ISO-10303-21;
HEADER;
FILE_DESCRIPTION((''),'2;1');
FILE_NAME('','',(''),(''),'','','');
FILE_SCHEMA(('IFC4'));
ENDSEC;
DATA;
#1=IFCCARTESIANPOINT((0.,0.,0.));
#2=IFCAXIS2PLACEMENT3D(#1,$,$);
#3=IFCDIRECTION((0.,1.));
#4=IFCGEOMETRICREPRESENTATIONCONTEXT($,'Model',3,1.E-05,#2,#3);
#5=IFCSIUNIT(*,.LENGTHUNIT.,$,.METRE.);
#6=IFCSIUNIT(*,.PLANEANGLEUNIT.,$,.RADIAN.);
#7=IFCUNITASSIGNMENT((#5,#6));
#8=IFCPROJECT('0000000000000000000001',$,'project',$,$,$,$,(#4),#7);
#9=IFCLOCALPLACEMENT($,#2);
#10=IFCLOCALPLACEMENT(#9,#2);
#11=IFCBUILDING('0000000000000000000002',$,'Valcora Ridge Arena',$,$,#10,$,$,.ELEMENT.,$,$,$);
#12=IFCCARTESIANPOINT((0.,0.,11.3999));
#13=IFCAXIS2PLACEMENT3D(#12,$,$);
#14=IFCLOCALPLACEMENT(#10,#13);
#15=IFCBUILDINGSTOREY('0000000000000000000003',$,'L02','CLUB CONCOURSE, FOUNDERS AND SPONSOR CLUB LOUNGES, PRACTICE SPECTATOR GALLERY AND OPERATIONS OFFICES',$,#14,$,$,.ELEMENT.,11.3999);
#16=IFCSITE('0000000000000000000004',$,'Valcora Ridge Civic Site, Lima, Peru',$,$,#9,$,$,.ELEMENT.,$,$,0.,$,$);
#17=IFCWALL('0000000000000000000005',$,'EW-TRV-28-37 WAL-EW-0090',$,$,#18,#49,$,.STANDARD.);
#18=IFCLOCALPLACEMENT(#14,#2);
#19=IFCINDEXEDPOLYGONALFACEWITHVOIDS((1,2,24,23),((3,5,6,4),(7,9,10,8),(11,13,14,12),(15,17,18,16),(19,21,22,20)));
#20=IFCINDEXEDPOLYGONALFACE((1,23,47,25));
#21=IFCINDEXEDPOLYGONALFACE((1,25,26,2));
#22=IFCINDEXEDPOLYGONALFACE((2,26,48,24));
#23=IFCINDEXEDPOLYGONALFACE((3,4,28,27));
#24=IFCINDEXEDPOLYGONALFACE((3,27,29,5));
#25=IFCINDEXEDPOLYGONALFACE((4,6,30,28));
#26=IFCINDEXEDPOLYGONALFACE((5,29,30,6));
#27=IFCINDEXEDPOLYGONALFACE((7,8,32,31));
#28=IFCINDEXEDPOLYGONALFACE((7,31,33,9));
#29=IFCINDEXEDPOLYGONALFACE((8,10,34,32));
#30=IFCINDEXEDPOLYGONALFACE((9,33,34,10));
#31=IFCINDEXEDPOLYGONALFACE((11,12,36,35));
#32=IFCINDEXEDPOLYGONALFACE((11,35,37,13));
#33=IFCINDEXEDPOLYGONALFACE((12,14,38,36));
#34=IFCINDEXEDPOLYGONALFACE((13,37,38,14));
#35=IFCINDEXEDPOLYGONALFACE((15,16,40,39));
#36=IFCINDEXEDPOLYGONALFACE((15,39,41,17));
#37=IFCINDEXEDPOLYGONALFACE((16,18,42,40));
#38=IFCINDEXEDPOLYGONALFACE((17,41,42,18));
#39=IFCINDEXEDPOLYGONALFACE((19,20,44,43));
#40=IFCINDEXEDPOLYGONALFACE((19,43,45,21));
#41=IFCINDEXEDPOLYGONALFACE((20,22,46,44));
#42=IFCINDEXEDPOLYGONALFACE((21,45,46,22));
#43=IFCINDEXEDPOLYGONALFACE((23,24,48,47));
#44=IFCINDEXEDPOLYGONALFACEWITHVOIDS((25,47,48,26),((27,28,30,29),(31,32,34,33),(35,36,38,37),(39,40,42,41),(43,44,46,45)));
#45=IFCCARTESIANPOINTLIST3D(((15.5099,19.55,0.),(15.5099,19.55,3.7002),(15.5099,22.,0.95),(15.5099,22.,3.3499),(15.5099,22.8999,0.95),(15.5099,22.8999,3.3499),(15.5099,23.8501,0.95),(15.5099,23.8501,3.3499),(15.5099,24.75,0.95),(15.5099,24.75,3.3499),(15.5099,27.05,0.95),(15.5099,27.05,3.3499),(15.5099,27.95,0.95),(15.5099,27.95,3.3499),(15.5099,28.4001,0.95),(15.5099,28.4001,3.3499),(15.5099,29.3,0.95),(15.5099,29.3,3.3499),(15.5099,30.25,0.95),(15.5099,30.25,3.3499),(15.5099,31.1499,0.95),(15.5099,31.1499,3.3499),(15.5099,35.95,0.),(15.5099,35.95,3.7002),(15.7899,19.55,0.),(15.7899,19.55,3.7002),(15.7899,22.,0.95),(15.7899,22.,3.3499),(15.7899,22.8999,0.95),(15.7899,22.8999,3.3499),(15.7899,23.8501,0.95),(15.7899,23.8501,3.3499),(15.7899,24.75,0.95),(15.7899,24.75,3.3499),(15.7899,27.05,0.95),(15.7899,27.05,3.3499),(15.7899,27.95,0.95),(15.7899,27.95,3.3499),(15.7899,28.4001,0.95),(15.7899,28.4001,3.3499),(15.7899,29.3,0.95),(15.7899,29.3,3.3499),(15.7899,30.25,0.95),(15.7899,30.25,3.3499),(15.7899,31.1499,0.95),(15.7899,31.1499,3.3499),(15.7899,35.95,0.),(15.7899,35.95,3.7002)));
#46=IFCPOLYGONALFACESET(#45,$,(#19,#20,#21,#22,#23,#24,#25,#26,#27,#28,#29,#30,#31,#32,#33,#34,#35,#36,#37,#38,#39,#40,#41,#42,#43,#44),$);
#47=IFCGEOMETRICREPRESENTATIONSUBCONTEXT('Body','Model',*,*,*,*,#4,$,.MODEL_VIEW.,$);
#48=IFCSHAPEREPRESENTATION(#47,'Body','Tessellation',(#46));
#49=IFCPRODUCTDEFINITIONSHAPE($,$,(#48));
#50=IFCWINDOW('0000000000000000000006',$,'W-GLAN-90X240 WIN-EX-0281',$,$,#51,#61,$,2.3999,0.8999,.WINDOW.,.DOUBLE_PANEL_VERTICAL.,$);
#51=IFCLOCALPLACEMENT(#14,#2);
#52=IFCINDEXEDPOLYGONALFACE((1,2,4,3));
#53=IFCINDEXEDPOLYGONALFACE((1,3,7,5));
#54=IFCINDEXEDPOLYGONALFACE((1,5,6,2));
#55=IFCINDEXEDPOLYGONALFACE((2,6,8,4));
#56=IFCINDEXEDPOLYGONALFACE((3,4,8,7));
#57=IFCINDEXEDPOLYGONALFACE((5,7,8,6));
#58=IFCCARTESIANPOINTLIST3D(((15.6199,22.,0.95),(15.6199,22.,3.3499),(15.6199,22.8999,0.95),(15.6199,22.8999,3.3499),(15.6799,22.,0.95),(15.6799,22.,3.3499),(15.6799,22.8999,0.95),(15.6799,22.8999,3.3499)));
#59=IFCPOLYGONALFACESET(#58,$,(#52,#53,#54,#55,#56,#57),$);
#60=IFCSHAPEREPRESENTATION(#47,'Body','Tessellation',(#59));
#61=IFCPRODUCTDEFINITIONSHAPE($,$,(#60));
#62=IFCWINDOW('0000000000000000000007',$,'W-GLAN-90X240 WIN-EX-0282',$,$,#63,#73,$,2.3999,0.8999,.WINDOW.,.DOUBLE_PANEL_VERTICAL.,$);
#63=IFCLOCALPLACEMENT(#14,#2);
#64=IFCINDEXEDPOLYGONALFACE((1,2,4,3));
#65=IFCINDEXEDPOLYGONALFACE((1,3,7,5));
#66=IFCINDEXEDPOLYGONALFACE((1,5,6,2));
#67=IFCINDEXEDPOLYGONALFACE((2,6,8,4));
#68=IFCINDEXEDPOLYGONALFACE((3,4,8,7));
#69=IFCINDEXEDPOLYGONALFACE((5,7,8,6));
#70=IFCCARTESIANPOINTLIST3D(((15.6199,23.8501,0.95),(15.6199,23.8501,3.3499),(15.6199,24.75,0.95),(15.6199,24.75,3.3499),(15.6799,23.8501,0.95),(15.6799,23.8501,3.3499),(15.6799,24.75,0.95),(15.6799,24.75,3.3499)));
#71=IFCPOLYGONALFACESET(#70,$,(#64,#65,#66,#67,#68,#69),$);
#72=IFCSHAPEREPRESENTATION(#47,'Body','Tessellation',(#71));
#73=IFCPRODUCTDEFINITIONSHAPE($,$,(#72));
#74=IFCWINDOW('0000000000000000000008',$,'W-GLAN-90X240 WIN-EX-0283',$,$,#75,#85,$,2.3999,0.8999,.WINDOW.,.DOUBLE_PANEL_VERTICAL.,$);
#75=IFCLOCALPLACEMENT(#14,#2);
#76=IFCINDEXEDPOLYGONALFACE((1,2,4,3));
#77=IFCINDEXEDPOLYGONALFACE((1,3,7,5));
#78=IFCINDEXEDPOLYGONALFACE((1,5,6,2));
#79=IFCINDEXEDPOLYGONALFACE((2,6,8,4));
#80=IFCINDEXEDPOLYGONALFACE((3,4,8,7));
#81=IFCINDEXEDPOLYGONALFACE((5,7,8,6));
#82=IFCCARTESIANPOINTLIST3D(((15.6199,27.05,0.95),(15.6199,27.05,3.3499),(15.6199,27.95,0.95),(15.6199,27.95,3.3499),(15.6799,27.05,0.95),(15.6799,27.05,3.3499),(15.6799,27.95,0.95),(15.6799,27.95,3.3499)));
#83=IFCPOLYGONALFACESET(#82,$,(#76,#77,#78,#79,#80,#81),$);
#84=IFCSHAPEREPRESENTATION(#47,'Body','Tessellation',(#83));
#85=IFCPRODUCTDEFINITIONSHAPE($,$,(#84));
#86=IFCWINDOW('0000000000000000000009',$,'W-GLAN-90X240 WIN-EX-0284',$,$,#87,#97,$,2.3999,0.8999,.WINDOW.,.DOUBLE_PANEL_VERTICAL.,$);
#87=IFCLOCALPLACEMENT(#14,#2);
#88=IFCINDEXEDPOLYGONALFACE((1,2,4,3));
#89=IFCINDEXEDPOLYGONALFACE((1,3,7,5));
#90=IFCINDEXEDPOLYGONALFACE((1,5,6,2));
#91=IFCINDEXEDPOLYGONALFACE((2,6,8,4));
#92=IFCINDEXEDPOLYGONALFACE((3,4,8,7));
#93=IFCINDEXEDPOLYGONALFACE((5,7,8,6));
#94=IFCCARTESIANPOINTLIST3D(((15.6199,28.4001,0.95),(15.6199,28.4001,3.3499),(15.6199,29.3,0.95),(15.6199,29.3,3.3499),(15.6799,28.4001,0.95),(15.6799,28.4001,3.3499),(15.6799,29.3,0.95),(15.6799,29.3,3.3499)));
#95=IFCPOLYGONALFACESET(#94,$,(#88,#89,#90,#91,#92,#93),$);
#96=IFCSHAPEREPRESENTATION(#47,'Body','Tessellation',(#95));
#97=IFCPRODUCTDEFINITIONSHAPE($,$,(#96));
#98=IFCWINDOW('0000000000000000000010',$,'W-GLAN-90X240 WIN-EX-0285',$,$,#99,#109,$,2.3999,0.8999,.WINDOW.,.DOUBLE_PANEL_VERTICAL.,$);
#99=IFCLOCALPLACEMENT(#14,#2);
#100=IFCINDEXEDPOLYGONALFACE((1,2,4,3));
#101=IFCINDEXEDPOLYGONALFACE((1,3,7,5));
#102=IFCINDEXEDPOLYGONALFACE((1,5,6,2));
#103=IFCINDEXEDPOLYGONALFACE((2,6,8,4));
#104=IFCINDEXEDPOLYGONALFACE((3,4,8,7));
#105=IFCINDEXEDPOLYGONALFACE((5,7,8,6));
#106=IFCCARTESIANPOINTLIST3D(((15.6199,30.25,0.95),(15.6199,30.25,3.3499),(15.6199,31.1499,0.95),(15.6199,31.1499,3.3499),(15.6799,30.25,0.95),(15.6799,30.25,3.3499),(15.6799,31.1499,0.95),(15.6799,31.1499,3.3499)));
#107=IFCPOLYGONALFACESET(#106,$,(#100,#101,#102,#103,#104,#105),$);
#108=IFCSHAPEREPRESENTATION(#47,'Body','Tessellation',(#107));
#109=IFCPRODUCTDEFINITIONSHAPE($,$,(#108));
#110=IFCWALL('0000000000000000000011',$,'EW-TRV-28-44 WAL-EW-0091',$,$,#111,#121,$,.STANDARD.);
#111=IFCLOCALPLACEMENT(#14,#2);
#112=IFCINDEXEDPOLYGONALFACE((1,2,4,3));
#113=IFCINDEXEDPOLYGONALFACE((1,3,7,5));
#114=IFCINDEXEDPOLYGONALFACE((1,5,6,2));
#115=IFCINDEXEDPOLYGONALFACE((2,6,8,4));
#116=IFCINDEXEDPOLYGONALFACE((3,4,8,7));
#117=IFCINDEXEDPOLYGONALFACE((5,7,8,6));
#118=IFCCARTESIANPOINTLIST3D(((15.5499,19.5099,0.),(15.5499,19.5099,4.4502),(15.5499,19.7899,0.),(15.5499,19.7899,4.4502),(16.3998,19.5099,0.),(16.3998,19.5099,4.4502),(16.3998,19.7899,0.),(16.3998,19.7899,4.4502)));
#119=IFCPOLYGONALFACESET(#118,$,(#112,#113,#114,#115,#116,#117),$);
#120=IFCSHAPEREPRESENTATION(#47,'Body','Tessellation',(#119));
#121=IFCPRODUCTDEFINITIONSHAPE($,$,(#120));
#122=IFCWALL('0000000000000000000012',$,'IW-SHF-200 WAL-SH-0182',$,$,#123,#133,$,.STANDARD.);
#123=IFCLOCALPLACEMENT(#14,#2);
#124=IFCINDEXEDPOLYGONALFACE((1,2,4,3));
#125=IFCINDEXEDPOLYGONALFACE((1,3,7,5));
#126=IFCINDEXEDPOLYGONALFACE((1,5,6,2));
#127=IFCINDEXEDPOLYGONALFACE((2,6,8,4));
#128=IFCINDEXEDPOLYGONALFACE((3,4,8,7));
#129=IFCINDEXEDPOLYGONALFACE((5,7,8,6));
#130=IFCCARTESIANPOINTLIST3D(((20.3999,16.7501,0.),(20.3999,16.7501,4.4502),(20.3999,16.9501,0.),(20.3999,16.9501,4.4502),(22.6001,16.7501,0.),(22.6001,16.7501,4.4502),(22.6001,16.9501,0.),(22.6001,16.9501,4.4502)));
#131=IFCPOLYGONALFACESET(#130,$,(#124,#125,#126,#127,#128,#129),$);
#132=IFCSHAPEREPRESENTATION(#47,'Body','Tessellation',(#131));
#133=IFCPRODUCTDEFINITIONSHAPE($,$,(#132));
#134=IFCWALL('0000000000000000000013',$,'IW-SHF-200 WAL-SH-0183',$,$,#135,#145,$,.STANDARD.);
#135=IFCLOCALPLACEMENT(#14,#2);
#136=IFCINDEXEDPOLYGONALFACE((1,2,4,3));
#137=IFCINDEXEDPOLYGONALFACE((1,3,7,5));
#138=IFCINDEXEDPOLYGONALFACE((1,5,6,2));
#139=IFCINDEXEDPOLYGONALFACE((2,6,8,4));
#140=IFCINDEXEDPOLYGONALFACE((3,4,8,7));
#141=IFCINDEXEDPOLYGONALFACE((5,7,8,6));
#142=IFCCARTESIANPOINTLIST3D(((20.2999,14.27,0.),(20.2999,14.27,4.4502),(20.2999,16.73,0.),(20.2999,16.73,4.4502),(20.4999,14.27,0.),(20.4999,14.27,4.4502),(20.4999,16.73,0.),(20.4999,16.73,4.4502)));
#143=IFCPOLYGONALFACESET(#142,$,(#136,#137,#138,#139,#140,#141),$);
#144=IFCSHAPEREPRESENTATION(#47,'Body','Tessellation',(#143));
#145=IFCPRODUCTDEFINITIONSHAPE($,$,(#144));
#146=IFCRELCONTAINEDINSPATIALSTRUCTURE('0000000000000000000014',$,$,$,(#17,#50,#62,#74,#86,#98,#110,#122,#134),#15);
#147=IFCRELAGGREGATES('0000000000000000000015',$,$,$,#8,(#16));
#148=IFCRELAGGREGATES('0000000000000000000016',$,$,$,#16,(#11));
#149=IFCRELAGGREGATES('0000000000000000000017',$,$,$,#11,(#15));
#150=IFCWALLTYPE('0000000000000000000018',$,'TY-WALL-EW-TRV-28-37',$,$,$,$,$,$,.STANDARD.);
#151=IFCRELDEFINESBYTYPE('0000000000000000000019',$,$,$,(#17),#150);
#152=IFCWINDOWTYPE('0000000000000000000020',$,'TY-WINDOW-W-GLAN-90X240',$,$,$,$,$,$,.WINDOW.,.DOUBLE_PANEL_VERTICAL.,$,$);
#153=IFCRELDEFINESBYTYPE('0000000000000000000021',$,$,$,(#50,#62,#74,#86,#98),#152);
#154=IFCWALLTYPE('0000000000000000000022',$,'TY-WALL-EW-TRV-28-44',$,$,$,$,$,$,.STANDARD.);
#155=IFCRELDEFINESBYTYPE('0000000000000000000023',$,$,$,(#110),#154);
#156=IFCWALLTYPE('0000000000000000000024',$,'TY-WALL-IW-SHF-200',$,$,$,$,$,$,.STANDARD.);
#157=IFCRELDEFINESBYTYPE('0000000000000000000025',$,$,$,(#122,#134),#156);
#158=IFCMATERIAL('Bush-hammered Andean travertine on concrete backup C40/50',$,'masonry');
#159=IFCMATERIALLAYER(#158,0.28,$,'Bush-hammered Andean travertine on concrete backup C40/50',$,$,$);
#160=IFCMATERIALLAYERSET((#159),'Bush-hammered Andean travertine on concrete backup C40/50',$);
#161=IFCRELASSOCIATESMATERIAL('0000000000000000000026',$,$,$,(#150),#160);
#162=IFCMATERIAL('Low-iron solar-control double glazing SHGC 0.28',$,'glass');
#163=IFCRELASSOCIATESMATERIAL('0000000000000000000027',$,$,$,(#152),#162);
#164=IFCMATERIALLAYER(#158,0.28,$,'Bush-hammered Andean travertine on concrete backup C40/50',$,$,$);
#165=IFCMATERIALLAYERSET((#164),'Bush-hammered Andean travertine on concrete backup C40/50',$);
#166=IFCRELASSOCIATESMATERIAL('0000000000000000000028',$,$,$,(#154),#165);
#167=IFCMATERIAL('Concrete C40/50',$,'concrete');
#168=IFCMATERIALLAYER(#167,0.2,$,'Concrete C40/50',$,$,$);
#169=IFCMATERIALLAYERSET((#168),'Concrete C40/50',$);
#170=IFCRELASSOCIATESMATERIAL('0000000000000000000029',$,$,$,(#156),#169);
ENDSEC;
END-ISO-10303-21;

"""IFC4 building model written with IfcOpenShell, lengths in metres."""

from ifc_helpers import new_model, si_unit, direction, frame, frame_2d, origin, place, context, subcontext, project, spatial, rectangle, extrude, material, layer, layer_set, type_object, element, fill, save


model = new_model("IFC4")

# Units and contexts
model_context = context("Model", 3, precision=1e-05, world=origin(), true_north=direction((0.0, 1.0)))
body_context = subcontext(model_context, "Body", "Model", "MODEL_VIEW")
ifc_project = project(units=[si_unit("LENGTHUNIT", "METRE"), si_unit("PLANEANGLEUNIT", "RADIAN")], contexts=[model_context])

# Site, building, storey
site_placement = place(None, origin())
site = spatial("IfcSite", under=ifc_project, at=site_placement, Name="Valcora Ridge Civic Site, Lima, Peru", CompositionType="ELEMENT", RefElevation=0.0)
building_placement = place(site_placement, origin())
building = spatial("IfcBuilding", under=site, at=building_placement, Name="Valcora Ridge Arena", CompositionType="ELEMENT")
storey_placement = place(building_placement, frame((0.0, 0.0, 11.3999)))
storey = spatial("IfcBuildingStorey", under=building, at=storey_placement, Name="L02", Description="CLUB CONCOURSE, FOUNDERS AND SPONSOR CLUB LOUNGES, PRACTICE SPECTATOR GALLERY AND OPERATIONS OFFICES", CompositionType="ELEMENT", Elevation=11.3999)

# Shared definitions
ifc_material_1 = material(Name="Concrete C40/50", Category="concrete")

# Shared definitions
ifc_material_2 = material(Name="Low-iron solar-control double glazing SHGC 0.28", Category="glass")

# Wall, openings, windows
ifc_material_3 = material(Name="Bush-hammered Andean travertine on concrete backup C40/50", Category="masonry")
ifc_layer_1 = layer(ifc_material_3, 0.28, Name="Bush-hammered Andean travertine on concrete backup C40/50")
ifc_layer_set_1 = layer_set([ifc_layer_1], Name="Bush-hammered Andean travertine on concrete backup C40/50")
wall_type_1 = type_object("IfcWallType", Name="TY-WALL-EW-TRV-28-37", PredefinedType="STANDARD", material=ifc_layer_set_1)
wall_1_placement = place(storey_placement, frame((15.6499, 19.55, 0.0), z_axis=(0.0, 0.0, 1.0), x_axis=(0.0, 1.0, 0.0)))
wall_1 = element("IfcWall", 1, at=wall_1_placement, inside=storey, type_object=wall_type_1, Name="EW-TRV-28-37 WAL-EW-0090", PredefinedType="STANDARD", context=body_context, shape_type="SweptSolid", body=[
    extrude(rectangle(XDim=16.3999, YDim=0.28, at=frame_2d((8.2, 0.0))), origin(), (0.0, 0.0, 1.0), 3.7002),
])
opening_1_placement = place(wall_1_placement, frame((2.45, 0.0, 0.95)))
opening_1 = element("IfcOpeningElement", 2, at=opening_1_placement, cuts=wall_1, PredefinedType="OPENING", context=body_context, shape_type="SweptSolid", body=[
    extrude(rectangle(XDim=0.8999, YDim=2.3999, at=frame_2d((0.45, 1.2))), frame((0.0, 0.1499, 0.0), z_axis=(0.0, -1.0, 0.0), x_axis=(1.0, 0.0, 0.0)), (0.0, 0.0, 1.0), 0.3),
])
opening_2_placement = place(wall_1_placement, frame((4.3, 0.0, 0.95)))
opening_2 = element("IfcOpeningElement", 3, at=opening_2_placement, cuts=wall_1, PredefinedType="OPENING", context=body_context, shape_type="SweptSolid", body=[
    extrude(rectangle(XDim=0.8999, YDim=2.3999, at=frame_2d((0.45, 1.2))), frame((0.0, 0.1499, 0.0), z_axis=(0.0, -1.0, 0.0), x_axis=(1.0, 0.0, 0.0)), (0.0, 0.0, 1.0), 0.3),
])
opening_3_placement = place(wall_1_placement, frame((7.5, 0.0, 0.95)))
opening_3 = element("IfcOpeningElement", 4, at=opening_3_placement, cuts=wall_1, PredefinedType="OPENING", context=body_context, shape_type="SweptSolid", body=[
    extrude(rectangle(XDim=0.8999, YDim=2.3999, at=frame_2d((0.45, 1.2))), frame((0.0, 0.1499, 0.0), z_axis=(0.0, -1.0, 0.0), x_axis=(1.0, 0.0, 0.0)), (0.0, 0.0, 1.0), 0.3),
])
opening_4_placement = place(wall_1_placement, frame((8.8501, 0.0, 0.95)))
opening_4 = element("IfcOpeningElement", 5, at=opening_4_placement, cuts=wall_1, PredefinedType="OPENING", context=body_context, shape_type="SweptSolid", body=[
    extrude(rectangle(XDim=0.8999, YDim=2.3999, at=frame_2d((0.45, 1.2))), frame((0.0, 0.1499, 0.0), z_axis=(0.0, -1.0, 0.0), x_axis=(1.0, 0.0, 0.0)), (0.0, 0.0, 1.0), 0.3),
])
opening_5_placement = place(wall_1_placement, frame((10.7, 0.0, 0.95)))
opening_5 = element("IfcOpeningElement", 6, at=opening_5_placement, cuts=wall_1, PredefinedType="OPENING", context=body_context, shape_type="SweptSolid", body=[
    extrude(rectangle(XDim=0.8999, YDim=2.3999, at=frame_2d((0.45, 1.2))), frame((0.0, 0.1499, 0.0), z_axis=(0.0, -1.0, 0.0), x_axis=(1.0, 0.0, 0.0)), (0.0, 0.0, 1.0), 0.3),
])
window_type = type_object("IfcWindowType", Name="TY-WINDOW-W-GLAN-90X240", PartitioningType="DOUBLE_PANEL_VERTICAL", PredefinedType="WINDOW", material=ifc_material_2)
window_1_placement = place(opening_1_placement, origin())
window_1 = element("IfcWindow", 7, at=window_1_placement, inside=storey, type_object=window_type, Name="W-GLAN-90X240 WIN-EX-0281", OverallHeight=2.3999, OverallWidth=0.8999, PartitioningType="DOUBLE_PANEL_VERTICAL", PredefinedType="WINDOW", context=body_context, shape_type="SweptSolid", body=[
    extrude(rectangle(XDim=0.8999, YDim=2.3999, at=frame_2d((0.45, 1.2))), frame((0.0, 0.03, 0.0), z_axis=(0.0, -1.0, 0.0), x_axis=(1.0, 0.0, 0.0)), (0.0, 0.0, 1.0), 0.0601),
])
fill(opening_1, window_1)
window_2_placement = place(opening_2_placement, origin())
window_2 = element("IfcWindow", 8, at=window_2_placement, inside=storey, type_object=window_type, Name="W-GLAN-90X240 WIN-EX-0282", OverallHeight=2.3999, OverallWidth=0.8999, PartitioningType="DOUBLE_PANEL_VERTICAL", PredefinedType="WINDOW", context=body_context, shape_type="SweptSolid", body=[
    extrude(rectangle(XDim=0.8999, YDim=2.3999, at=frame_2d((0.45, 1.2))), frame((0.0, 0.03, 0.0), z_axis=(0.0, -1.0, 0.0), x_axis=(1.0, 0.0, 0.0)), (0.0, 0.0, 1.0), 0.0601),
])
fill(opening_2, window_2)
window_3_placement = place(opening_3_placement, origin())
window_3 = element("IfcWindow", 9, at=window_3_placement, inside=storey, type_object=window_type, Name="W-GLAN-90X240 WIN-EX-0283", OverallHeight=2.3999, OverallWidth=0.8999, PartitioningType="DOUBLE_PANEL_VERTICAL", PredefinedType="WINDOW", context=body_context, shape_type="SweptSolid", body=[
    extrude(rectangle(XDim=0.8999, YDim=2.3999, at=frame_2d((0.45, 1.2))), frame((0.0, 0.03, 0.0), z_axis=(0.0, -1.0, 0.0), x_axis=(1.0, 0.0, 0.0)), (0.0, 0.0, 1.0), 0.0601),
])
fill(opening_3, window_3)
window_4_placement = place(opening_4_placement, origin())
window_4 = element("IfcWindow", 10, at=window_4_placement, inside=storey, type_object=window_type, Name="W-GLAN-90X240 WIN-EX-0284", OverallHeight=2.3999, OverallWidth=0.8999, PartitioningType="DOUBLE_PANEL_VERTICAL", PredefinedType="WINDOW", context=body_context, shape_type="SweptSolid", body=[
    extrude(rectangle(XDim=0.8999, YDim=2.3999, at=frame_2d((0.45, 1.2))), frame((0.0, 0.03, 0.0), z_axis=(0.0, -1.0, 0.0), x_axis=(1.0, 0.0, 0.0)), (0.0, 0.0, 1.0), 0.0601),
])
fill(opening_4, window_4)
window_5_placement = place(opening_5_placement, origin())
window_5 = element("IfcWindow", 11, at=window_5_placement, inside=storey, type_object=window_type, Name="W-GLAN-90X240 WIN-EX-0285", OverallHeight=2.3999, OverallWidth=0.8999, PartitioningType="DOUBLE_PANEL_VERTICAL", PredefinedType="WINDOW", context=body_context, shape_type="SweptSolid", body=[
    extrude(rectangle(XDim=0.8999, YDim=2.3999, at=frame_2d((0.45, 1.2))), frame((0.0, 0.03, 0.0), z_axis=(0.0, -1.0, 0.0), x_axis=(1.0, 0.0, 0.0)), (0.0, 0.0, 1.0), 0.0601),
])
fill(opening_5, window_5)

# Wall
ifc_layer_2 = layer(ifc_material_3, 0.28, Name="Bush-hammered Andean travertine on concrete backup C40/50")
ifc_layer_set_2 = layer_set([ifc_layer_2], Name="Bush-hammered Andean travertine on concrete backup C40/50")
wall_type_2 = type_object("IfcWallType", Name="TY-WALL-EW-TRV-28-44", PredefinedType="STANDARD", material=ifc_layer_set_2)
wall_2_placement = place(storey_placement, frame((15.55, 19.6499, 0.0), z_axis=(0.0, 0.0, 1.0), x_axis=(1.0, 0.0, 0.0)))
element("IfcWall", 12, at=wall_2_placement, inside=storey, type_object=wall_type_2, Name="EW-TRV-28-44 WAL-EW-0091", PredefinedType="STANDARD", context=body_context, shape_type="SweptSolid", body=[
    extrude(rectangle(XDim=0.8499, YDim=0.28, at=frame_2d((0.4248, 0.0))), origin(), (0.0, 0.0, 1.0), 4.4502),
])

# Shared definitions
ifc_layer_3 = layer(ifc_material_1, 0.2, Name="Concrete C40/50")
ifc_layer_set_3 = layer_set([ifc_layer_3], Name="Concrete C40/50")
wall_type_3 = type_object("IfcWallType", Name="TY-WALL-IW-SHF-200", PredefinedType="STANDARD", material=ifc_layer_set_3)

# Walls
wall_3_placement = place(storey_placement, frame((20.3999, 16.8501, 0.0), z_axis=(0.0, 0.0, 1.0), x_axis=(1.0, 0.0, 0.0)))
element("IfcWall", 13, at=wall_3_placement, inside=storey, type_object=wall_type_3, Name="IW-SHF-200 WAL-SH-0182", PredefinedType="STANDARD", context=body_context, shape_type="SweptSolid", body=[
    extrude(rectangle(XDim=2.2002, YDim=0.2, at=frame_2d((1.1001, 0.0))), origin(), (0.0, 0.0, 1.0), 4.4502),
])
wall_4_placement = place(storey_placement, frame((20.3999, 14.27, 0.0), z_axis=(0.0, 0.0, 1.0), x_axis=(0.0, 1.0, 0.0)))
element("IfcWall", 14, at=wall_4_placement, inside=storey, type_object=wall_type_3, Name="IW-SHF-200 WAL-SH-0183", PredefinedType="STANDARD", context=body_context, shape_type="SweptSolid", body=[
    extrude(rectangle(XDim=2.46, YDim=0.2, at=frame_2d((1.23, 0.0))), origin(), (0.0, 0.0, 1.0), 4.4502),
])

save(model, "model.ifc")
